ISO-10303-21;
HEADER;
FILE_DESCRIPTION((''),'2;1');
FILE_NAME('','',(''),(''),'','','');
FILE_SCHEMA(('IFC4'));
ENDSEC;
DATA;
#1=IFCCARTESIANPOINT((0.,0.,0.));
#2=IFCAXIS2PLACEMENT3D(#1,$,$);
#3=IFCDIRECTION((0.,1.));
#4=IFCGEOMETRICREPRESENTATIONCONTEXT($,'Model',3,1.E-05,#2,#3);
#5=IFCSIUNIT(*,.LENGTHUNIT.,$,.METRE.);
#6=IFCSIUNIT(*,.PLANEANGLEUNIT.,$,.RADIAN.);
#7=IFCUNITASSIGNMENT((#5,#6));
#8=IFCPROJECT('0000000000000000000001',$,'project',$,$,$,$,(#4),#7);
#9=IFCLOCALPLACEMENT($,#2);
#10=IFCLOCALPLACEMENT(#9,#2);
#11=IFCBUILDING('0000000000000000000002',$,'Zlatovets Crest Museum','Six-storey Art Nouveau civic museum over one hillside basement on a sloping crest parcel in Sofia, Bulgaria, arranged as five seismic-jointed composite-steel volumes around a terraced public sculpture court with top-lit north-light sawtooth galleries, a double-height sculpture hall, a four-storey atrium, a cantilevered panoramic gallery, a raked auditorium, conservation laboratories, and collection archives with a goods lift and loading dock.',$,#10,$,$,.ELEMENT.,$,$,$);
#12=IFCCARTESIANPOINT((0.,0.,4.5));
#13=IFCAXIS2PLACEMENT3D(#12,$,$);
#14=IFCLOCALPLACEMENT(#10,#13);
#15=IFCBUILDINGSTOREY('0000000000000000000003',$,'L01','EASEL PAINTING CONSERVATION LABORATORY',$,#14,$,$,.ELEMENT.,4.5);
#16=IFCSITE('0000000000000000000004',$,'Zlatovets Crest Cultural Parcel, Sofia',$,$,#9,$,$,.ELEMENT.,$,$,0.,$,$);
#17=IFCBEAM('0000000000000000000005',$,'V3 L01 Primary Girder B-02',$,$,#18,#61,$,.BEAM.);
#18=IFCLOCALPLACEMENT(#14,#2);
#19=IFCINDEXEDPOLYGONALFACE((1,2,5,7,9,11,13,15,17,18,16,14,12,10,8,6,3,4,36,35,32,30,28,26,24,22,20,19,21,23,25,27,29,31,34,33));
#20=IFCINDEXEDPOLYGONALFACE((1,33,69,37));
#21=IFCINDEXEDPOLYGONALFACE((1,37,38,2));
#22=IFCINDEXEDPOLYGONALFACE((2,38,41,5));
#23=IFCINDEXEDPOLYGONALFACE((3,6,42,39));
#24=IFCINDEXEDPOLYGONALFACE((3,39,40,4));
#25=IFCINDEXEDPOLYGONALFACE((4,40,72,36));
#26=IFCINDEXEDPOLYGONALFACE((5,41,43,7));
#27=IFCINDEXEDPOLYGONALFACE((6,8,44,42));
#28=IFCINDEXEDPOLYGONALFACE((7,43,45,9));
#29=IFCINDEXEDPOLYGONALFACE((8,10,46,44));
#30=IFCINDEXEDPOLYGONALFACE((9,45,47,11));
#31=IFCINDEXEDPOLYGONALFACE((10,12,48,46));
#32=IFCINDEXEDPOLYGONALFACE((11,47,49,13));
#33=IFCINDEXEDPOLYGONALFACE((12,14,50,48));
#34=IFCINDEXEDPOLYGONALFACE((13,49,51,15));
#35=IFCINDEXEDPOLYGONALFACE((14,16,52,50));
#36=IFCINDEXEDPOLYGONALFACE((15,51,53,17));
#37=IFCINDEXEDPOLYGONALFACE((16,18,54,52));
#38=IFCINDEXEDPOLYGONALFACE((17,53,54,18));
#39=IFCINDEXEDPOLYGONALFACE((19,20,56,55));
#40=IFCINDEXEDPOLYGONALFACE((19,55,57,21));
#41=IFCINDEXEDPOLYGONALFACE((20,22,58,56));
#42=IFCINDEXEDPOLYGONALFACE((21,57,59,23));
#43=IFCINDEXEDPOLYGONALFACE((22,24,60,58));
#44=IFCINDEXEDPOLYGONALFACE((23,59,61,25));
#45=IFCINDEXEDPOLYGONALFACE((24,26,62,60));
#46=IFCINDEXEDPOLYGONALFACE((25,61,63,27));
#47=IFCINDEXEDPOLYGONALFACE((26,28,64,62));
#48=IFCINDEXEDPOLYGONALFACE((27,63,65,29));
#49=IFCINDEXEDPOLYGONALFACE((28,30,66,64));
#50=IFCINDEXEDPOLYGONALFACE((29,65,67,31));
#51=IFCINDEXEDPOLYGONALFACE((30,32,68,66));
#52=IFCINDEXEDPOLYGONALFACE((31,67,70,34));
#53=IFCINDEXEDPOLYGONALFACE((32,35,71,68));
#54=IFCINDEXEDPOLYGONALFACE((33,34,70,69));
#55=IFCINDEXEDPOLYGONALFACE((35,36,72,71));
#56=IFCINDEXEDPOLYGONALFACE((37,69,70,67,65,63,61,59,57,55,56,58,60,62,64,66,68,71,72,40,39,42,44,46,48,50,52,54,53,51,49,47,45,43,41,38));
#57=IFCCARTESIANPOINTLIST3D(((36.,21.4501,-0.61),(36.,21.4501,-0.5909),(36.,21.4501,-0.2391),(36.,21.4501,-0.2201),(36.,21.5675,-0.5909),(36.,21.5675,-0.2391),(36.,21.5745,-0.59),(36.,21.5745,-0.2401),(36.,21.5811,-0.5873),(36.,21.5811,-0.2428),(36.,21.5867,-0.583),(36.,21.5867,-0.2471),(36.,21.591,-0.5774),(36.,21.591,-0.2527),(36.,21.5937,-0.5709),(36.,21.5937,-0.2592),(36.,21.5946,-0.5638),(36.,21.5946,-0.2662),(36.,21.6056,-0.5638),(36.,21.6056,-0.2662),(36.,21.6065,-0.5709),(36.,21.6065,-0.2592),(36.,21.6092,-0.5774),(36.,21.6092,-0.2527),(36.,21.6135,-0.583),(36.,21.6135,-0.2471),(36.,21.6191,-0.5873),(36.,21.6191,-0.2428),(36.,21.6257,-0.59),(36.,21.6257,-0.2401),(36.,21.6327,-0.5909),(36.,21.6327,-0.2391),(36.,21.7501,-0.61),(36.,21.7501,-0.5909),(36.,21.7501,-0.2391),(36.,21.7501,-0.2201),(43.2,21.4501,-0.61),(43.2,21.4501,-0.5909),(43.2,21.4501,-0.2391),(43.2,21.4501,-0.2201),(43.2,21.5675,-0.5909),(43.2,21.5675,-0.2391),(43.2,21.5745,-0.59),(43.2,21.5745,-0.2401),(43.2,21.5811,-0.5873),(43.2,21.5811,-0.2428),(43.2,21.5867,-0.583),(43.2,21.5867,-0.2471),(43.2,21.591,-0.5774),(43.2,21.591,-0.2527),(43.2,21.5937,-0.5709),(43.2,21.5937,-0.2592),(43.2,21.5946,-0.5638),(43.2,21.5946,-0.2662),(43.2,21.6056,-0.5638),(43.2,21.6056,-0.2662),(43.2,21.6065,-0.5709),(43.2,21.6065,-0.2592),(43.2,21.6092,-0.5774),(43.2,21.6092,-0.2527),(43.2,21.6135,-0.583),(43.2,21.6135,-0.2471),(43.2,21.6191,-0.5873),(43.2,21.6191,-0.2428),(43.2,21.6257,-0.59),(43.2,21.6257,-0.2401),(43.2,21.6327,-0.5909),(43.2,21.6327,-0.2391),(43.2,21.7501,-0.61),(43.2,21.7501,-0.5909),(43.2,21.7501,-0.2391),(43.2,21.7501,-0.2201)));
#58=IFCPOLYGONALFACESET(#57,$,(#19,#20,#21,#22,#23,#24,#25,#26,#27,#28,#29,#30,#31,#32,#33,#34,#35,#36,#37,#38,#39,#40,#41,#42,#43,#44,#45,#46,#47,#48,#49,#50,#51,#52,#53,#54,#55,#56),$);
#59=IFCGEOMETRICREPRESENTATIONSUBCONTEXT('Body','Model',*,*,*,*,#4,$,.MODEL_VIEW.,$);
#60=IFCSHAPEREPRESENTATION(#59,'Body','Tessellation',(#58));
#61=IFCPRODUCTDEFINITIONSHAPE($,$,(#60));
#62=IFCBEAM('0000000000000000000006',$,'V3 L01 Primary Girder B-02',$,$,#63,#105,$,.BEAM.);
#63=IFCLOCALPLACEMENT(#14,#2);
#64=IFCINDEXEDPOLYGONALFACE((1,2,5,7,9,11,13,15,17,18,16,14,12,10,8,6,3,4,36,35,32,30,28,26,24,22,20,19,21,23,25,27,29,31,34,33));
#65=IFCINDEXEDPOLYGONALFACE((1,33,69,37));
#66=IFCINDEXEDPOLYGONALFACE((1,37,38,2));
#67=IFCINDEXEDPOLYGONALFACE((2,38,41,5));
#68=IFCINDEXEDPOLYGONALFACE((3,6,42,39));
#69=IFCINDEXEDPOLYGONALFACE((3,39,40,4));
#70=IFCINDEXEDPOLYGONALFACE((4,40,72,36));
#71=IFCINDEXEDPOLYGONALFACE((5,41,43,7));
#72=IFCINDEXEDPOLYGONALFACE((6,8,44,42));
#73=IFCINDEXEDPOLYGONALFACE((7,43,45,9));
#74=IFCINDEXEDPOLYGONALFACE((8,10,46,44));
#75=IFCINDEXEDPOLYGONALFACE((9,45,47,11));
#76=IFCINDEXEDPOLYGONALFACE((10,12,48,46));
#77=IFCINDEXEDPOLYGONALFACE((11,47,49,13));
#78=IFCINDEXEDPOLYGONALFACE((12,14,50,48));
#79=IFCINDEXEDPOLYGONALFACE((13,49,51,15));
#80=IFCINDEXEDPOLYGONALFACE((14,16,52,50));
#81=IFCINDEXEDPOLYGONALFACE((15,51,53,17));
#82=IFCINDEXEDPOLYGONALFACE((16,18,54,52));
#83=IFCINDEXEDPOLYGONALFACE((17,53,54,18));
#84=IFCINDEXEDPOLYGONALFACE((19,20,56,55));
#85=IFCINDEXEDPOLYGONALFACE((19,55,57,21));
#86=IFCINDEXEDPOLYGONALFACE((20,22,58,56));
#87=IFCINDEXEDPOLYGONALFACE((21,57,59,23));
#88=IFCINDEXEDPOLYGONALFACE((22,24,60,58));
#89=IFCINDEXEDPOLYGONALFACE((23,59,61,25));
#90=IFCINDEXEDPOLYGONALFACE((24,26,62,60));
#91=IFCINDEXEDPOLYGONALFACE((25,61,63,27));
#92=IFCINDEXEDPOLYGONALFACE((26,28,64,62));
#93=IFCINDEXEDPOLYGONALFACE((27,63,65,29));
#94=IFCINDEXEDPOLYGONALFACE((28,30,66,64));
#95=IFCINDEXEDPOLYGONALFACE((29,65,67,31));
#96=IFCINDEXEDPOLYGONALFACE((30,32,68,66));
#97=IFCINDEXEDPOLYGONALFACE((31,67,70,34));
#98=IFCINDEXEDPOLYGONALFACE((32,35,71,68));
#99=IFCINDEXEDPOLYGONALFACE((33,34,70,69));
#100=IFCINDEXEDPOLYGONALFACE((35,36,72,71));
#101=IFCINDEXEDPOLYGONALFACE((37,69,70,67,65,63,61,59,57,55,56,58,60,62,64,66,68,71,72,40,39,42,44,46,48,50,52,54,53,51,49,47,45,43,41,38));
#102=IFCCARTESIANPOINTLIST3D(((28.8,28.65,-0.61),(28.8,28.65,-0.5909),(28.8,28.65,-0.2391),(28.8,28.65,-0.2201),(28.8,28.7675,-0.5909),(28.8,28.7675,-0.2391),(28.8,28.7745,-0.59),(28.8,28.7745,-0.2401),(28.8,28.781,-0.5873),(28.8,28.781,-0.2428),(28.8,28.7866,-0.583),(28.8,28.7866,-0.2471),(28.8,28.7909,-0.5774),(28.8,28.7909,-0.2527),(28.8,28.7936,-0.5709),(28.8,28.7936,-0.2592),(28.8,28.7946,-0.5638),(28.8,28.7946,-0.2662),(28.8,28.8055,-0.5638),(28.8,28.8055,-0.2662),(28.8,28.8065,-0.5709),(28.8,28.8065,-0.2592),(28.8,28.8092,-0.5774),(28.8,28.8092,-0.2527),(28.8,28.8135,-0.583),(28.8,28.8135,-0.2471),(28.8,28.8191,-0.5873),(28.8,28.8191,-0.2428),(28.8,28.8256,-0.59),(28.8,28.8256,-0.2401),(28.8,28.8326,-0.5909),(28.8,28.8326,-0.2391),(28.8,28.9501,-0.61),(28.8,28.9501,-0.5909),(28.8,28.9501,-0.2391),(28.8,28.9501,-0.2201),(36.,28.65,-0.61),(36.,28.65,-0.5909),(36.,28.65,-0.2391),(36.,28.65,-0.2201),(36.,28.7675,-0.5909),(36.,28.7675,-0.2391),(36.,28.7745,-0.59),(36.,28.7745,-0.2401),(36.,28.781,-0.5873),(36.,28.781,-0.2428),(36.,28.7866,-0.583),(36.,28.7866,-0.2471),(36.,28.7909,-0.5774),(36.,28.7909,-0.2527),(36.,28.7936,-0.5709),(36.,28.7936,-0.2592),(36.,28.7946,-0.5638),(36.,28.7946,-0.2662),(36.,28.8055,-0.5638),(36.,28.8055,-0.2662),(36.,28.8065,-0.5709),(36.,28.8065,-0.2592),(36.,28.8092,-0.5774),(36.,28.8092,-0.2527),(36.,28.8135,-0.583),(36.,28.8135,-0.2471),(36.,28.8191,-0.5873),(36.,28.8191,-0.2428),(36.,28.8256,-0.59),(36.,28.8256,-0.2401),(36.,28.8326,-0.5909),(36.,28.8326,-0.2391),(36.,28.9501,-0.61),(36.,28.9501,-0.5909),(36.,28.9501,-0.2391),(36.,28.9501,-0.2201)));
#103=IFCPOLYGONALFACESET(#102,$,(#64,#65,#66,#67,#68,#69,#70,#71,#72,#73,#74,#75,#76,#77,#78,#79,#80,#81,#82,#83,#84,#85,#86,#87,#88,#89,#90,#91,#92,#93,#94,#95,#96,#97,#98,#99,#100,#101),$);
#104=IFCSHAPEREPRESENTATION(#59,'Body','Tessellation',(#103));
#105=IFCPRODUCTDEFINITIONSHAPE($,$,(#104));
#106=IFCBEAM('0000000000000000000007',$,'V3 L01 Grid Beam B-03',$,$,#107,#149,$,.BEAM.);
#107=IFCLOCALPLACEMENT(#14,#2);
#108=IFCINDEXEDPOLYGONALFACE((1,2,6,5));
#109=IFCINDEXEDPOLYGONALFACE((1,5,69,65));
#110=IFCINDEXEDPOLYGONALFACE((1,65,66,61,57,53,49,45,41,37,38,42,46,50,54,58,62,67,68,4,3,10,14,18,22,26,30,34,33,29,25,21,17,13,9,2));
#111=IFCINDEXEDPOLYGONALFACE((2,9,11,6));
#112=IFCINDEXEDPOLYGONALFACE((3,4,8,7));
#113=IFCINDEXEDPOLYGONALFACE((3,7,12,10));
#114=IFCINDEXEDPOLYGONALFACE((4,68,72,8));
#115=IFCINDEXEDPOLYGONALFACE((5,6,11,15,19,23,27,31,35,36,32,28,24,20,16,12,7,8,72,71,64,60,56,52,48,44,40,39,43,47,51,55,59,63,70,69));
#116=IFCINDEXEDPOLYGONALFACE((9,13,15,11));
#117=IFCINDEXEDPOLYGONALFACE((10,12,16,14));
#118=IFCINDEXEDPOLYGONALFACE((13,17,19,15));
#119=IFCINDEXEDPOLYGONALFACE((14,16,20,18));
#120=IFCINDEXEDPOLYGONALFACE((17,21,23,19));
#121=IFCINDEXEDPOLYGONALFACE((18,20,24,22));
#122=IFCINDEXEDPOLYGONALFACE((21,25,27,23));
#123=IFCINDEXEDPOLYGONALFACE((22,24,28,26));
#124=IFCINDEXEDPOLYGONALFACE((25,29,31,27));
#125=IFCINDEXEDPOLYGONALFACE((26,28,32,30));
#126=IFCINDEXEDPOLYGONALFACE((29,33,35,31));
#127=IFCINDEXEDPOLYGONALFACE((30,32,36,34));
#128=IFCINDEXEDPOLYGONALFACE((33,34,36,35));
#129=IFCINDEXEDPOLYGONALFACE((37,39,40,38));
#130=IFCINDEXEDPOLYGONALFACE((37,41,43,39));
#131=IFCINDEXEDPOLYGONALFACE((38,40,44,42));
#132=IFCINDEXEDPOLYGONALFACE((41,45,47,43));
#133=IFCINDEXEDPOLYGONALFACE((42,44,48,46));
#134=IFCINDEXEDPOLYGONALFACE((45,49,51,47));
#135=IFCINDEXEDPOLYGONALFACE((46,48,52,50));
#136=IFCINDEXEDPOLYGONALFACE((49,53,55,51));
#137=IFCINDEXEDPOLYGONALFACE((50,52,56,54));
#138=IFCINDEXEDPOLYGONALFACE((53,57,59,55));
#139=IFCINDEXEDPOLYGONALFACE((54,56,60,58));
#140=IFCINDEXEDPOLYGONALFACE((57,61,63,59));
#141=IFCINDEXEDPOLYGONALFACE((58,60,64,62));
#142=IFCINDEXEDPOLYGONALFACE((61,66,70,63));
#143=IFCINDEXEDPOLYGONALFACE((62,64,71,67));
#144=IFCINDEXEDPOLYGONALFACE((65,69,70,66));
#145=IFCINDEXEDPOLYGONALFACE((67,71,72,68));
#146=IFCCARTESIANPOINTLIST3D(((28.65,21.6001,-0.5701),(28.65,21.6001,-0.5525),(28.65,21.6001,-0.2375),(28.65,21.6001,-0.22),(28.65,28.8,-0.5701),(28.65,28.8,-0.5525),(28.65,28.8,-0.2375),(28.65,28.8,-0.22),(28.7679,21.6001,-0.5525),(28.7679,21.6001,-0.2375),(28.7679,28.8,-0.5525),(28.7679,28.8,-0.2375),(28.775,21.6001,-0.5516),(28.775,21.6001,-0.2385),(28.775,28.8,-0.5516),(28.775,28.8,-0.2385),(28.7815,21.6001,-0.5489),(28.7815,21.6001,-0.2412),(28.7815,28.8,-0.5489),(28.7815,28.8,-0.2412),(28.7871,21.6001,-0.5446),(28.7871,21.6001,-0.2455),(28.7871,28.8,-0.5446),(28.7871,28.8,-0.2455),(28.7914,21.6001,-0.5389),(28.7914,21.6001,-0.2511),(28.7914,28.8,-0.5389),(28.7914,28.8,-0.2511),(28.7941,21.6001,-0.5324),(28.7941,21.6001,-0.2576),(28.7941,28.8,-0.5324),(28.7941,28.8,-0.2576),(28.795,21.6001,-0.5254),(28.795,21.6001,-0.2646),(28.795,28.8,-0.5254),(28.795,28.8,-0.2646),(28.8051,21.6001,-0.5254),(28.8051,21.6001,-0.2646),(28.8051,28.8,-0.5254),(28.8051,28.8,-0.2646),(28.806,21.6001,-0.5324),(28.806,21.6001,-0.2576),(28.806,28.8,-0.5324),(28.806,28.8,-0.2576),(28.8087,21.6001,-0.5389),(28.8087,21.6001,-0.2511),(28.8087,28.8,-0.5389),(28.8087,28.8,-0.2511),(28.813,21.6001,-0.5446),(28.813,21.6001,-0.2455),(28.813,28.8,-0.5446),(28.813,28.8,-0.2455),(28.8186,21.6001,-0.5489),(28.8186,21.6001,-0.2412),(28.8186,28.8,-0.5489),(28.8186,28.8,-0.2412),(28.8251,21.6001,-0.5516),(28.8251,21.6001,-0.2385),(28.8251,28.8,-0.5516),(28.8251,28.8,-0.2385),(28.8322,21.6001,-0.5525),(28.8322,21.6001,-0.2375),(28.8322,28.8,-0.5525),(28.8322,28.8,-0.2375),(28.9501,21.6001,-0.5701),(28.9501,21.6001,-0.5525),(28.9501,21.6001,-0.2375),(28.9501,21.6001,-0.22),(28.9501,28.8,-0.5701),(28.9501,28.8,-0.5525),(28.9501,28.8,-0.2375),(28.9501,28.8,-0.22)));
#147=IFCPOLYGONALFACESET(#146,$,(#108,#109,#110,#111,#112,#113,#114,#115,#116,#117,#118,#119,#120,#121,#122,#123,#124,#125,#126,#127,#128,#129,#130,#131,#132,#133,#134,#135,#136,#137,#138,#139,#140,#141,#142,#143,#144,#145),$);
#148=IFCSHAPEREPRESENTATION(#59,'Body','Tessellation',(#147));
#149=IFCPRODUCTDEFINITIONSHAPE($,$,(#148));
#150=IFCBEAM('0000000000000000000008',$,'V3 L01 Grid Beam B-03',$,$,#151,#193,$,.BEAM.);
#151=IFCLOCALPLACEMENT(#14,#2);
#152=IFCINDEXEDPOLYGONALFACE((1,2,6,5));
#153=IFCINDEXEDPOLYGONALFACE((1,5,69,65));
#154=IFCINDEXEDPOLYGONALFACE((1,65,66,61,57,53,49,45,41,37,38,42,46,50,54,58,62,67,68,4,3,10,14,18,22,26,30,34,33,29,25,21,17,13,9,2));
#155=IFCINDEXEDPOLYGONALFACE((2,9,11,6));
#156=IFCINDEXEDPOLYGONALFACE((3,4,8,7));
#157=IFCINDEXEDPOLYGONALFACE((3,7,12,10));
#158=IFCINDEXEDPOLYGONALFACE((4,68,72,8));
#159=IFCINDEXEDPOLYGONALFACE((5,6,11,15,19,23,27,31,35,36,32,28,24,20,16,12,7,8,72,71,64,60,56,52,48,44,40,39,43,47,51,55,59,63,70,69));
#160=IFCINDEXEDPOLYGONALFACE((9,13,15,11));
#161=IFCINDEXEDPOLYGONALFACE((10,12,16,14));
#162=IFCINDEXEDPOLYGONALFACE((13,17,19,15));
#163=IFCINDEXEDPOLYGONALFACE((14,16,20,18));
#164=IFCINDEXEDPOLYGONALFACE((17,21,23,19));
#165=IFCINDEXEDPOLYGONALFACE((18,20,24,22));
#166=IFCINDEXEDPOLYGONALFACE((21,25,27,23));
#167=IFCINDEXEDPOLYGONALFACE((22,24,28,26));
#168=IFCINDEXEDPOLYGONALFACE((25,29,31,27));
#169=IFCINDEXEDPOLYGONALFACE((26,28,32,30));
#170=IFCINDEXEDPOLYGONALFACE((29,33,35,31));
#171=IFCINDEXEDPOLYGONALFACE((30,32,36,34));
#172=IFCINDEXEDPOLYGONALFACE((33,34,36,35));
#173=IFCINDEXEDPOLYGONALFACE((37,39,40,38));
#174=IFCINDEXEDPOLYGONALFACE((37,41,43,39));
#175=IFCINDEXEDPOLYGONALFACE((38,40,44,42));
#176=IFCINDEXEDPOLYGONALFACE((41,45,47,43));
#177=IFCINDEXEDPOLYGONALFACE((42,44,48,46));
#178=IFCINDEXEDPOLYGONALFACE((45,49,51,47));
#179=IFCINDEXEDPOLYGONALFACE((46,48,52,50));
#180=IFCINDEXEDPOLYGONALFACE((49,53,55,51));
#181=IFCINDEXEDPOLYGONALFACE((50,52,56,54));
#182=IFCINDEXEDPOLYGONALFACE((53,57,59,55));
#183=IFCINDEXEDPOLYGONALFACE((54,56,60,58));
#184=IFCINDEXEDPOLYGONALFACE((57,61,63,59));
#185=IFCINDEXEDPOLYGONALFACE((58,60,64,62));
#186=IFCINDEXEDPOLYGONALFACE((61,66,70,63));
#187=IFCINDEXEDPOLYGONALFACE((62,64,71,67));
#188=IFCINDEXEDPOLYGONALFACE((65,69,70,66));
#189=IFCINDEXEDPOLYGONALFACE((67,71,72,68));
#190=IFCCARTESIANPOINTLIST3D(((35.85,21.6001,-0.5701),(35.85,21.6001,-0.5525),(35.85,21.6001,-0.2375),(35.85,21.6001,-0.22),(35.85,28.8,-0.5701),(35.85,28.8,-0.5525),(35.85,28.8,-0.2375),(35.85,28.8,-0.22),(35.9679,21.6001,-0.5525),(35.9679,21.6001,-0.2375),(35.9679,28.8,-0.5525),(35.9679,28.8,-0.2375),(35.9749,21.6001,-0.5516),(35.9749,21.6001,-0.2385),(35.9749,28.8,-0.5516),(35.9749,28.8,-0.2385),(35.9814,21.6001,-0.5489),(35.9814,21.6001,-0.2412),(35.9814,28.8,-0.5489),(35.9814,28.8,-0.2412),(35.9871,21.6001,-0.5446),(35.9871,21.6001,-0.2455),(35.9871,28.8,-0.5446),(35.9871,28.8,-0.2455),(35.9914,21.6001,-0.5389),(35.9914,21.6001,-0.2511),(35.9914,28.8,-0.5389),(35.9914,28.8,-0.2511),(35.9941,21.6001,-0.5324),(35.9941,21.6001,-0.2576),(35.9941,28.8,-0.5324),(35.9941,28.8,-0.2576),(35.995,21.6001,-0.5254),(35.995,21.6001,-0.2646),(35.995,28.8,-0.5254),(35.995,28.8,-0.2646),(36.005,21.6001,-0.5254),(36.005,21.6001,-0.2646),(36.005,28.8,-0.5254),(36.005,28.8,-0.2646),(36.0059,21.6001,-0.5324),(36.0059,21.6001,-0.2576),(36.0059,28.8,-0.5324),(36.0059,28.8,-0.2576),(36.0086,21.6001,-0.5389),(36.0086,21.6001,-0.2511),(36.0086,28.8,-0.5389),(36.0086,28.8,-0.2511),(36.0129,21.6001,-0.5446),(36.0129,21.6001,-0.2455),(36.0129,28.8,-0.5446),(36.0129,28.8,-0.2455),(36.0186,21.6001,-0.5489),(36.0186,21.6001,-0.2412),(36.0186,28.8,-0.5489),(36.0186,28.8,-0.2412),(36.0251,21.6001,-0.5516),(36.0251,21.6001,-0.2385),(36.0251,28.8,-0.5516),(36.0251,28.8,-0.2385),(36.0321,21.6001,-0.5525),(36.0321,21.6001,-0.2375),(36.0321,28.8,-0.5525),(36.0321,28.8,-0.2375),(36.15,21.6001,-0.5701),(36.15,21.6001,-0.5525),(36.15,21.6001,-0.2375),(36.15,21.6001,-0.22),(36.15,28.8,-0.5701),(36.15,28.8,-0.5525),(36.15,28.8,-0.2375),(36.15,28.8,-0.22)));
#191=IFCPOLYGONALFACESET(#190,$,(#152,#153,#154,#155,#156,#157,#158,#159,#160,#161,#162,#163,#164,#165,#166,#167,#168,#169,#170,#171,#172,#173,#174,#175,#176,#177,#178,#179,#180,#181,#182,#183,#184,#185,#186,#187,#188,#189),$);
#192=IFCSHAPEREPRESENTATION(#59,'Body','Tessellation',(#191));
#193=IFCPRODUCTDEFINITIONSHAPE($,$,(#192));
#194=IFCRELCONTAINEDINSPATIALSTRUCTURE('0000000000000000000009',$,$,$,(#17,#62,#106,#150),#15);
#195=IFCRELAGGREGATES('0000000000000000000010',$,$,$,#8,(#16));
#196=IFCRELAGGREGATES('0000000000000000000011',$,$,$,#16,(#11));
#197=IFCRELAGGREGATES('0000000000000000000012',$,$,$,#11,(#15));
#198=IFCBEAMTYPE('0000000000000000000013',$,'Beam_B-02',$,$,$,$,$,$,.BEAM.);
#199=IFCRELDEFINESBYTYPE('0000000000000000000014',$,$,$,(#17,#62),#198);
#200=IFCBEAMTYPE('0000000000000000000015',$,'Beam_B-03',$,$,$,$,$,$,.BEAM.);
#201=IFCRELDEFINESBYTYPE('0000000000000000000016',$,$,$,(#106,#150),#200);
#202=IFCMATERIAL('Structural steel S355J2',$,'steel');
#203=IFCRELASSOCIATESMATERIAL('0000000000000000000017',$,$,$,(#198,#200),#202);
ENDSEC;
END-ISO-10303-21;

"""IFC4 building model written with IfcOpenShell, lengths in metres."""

from ifc_helpers import new_model, si_unit, direction, frame, origin, origin_2d, place, context, subcontext, project, spatial, i_section, extrude, material, material_profile, profile_set, type_object, element, save


model = new_model("IFC4")

# Units and contexts
model_context = context("Model", 3, precision=1e-05, world=origin(), true_north=direction((0.0, 1.0)))
body_context = subcontext(model_context, "Body", "Model", "MODEL_VIEW")
ifc_project = project(units=[si_unit("LENGTHUNIT", "METRE"), si_unit("PLANEANGLEUNIT", "RADIAN")], contexts=[model_context])

# Site, building, storey
site_placement = place(None, origin())
site = spatial("IfcSite", under=ifc_project, at=site_placement, Name="Zlatovets Crest Cultural Parcel, Sofia", CompositionType="ELEMENT", RefElevation=0.0)
building_placement = place(site_placement, origin())
building = spatial("IfcBuilding", under=site, at=building_placement, Name="Zlatovets Crest Museum", Description="Six-storey Art Nouveau civic museum over one hillside basement on a sloping crest parcel in Sofia, Bulgaria, arranged as five seismic-jointed composite-steel volumes around a terraced public sculpture court with top-lit north-light sawtooth galleries, a double-height sculpture hall, a four-storey atrium, a cantilevered panoramic gallery, a raked auditorium, conservation laboratories, and collection archives with a goods lift and loading dock.", CompositionType="ELEMENT")
storey_placement = place(building_placement, frame((0.0, 0.0, 4.5)))
storey = spatial("IfcBuildingStorey", under=building, at=storey_placement, Name="L01", Description="EASEL PAINTING CONSERVATION LABORATORY", CompositionType="ELEMENT", Elevation=4.5)

# Shared definitions
ifc_material_1 = material(Name="Structural steel S355J2", Category="steel")

# Beams
ifc_material_profile_1 = material_profile(ifc_material_1, i_section(OverallWidth=0.3, OverallDepth=0.3899, WebThickness=0.011, FlangeThickness=0.019, FilletRadius=0.0271, at=origin_2d()), Name="HEA 400")
ifc_profile_set_1 = profile_set([ifc_material_profile_1], Name="Structural steel S355J2")
beam_type_1 = type_object("IfcBeamType", Name="Beam_B-02", PredefinedType="BEAM", material=ifc_profile_set_1)
for number, where, z_axis, x_axis, name in (
    (1, (36.0, 21.6001, -0.415), (1.0, 0.0, 0.0), (0.0, 1.0, 0.0), "V3 L01 Primary Girder B-02"),
    (2, (28.8, 28.8, -0.415), (1.0, 0.0, 0.0), (0.0, 1.0, 0.0), "V3 L01 Primary Girder B-02"),
):
    element("IfcBeam", number, at=place(storey_placement, frame(where, z_axis=z_axis, x_axis=x_axis)), inside=storey, type_object=beam_type_1, Name=name, PredefinedType="BEAM", context=body_context, shape_type="SweptSolid", body=[
        extrude(i_section(OverallWidth=0.3, OverallDepth=0.3899, WebThickness=0.011, FlangeThickness=0.019, FilletRadius=0.0271, at=origin_2d()), origin(), (0.0, 0.0, 1.0), 7.2),
    ])
ifc_material_profile_2 = material_profile(ifc_material_1, i_section(OverallWidth=0.3, OverallDepth=0.3501, WebThickness=0.01, FlangeThickness=0.0176, FilletRadius=0.0271, at=origin_2d()), Name="HEA 360")
ifc_profile_set_2 = profile_set([ifc_material_profile_2], Name="Structural steel S355J2")
beam_type_2 = type_object("IfcBeamType", Name="Beam_B-03", PredefinedType="BEAM", material=ifc_profile_set_2)
for number, where, z_axis, x_axis, name in (
    (3, (28.8, 21.6001, -0.395), (0.0, 1.0, 0.0), (-1.0, 0.0, 0.0), "V3 L01 Grid Beam B-03"),
    (4, (36.0, 21.6001, -0.395), (0.0, 1.0, 0.0), (-1.0, 0.0, 0.0), "V3 L01 Grid Beam B-03"),
):
    element("IfcBeam", number, at=place(storey_placement, frame(where, z_axis=z_axis, x_axis=x_axis)), inside=storey, type_object=beam_type_2, Name=name, PredefinedType="BEAM", context=body_context, shape_type="SweptSolid", body=[
        extrude(i_section(OverallWidth=0.3, OverallDepth=0.3501, WebThickness=0.01, FlangeThickness=0.0176, FilletRadius=0.0271, at=origin_2d()), origin(), (0.0, 0.0, 1.0), 7.2),
    ])

save(model, "model.ifc")
